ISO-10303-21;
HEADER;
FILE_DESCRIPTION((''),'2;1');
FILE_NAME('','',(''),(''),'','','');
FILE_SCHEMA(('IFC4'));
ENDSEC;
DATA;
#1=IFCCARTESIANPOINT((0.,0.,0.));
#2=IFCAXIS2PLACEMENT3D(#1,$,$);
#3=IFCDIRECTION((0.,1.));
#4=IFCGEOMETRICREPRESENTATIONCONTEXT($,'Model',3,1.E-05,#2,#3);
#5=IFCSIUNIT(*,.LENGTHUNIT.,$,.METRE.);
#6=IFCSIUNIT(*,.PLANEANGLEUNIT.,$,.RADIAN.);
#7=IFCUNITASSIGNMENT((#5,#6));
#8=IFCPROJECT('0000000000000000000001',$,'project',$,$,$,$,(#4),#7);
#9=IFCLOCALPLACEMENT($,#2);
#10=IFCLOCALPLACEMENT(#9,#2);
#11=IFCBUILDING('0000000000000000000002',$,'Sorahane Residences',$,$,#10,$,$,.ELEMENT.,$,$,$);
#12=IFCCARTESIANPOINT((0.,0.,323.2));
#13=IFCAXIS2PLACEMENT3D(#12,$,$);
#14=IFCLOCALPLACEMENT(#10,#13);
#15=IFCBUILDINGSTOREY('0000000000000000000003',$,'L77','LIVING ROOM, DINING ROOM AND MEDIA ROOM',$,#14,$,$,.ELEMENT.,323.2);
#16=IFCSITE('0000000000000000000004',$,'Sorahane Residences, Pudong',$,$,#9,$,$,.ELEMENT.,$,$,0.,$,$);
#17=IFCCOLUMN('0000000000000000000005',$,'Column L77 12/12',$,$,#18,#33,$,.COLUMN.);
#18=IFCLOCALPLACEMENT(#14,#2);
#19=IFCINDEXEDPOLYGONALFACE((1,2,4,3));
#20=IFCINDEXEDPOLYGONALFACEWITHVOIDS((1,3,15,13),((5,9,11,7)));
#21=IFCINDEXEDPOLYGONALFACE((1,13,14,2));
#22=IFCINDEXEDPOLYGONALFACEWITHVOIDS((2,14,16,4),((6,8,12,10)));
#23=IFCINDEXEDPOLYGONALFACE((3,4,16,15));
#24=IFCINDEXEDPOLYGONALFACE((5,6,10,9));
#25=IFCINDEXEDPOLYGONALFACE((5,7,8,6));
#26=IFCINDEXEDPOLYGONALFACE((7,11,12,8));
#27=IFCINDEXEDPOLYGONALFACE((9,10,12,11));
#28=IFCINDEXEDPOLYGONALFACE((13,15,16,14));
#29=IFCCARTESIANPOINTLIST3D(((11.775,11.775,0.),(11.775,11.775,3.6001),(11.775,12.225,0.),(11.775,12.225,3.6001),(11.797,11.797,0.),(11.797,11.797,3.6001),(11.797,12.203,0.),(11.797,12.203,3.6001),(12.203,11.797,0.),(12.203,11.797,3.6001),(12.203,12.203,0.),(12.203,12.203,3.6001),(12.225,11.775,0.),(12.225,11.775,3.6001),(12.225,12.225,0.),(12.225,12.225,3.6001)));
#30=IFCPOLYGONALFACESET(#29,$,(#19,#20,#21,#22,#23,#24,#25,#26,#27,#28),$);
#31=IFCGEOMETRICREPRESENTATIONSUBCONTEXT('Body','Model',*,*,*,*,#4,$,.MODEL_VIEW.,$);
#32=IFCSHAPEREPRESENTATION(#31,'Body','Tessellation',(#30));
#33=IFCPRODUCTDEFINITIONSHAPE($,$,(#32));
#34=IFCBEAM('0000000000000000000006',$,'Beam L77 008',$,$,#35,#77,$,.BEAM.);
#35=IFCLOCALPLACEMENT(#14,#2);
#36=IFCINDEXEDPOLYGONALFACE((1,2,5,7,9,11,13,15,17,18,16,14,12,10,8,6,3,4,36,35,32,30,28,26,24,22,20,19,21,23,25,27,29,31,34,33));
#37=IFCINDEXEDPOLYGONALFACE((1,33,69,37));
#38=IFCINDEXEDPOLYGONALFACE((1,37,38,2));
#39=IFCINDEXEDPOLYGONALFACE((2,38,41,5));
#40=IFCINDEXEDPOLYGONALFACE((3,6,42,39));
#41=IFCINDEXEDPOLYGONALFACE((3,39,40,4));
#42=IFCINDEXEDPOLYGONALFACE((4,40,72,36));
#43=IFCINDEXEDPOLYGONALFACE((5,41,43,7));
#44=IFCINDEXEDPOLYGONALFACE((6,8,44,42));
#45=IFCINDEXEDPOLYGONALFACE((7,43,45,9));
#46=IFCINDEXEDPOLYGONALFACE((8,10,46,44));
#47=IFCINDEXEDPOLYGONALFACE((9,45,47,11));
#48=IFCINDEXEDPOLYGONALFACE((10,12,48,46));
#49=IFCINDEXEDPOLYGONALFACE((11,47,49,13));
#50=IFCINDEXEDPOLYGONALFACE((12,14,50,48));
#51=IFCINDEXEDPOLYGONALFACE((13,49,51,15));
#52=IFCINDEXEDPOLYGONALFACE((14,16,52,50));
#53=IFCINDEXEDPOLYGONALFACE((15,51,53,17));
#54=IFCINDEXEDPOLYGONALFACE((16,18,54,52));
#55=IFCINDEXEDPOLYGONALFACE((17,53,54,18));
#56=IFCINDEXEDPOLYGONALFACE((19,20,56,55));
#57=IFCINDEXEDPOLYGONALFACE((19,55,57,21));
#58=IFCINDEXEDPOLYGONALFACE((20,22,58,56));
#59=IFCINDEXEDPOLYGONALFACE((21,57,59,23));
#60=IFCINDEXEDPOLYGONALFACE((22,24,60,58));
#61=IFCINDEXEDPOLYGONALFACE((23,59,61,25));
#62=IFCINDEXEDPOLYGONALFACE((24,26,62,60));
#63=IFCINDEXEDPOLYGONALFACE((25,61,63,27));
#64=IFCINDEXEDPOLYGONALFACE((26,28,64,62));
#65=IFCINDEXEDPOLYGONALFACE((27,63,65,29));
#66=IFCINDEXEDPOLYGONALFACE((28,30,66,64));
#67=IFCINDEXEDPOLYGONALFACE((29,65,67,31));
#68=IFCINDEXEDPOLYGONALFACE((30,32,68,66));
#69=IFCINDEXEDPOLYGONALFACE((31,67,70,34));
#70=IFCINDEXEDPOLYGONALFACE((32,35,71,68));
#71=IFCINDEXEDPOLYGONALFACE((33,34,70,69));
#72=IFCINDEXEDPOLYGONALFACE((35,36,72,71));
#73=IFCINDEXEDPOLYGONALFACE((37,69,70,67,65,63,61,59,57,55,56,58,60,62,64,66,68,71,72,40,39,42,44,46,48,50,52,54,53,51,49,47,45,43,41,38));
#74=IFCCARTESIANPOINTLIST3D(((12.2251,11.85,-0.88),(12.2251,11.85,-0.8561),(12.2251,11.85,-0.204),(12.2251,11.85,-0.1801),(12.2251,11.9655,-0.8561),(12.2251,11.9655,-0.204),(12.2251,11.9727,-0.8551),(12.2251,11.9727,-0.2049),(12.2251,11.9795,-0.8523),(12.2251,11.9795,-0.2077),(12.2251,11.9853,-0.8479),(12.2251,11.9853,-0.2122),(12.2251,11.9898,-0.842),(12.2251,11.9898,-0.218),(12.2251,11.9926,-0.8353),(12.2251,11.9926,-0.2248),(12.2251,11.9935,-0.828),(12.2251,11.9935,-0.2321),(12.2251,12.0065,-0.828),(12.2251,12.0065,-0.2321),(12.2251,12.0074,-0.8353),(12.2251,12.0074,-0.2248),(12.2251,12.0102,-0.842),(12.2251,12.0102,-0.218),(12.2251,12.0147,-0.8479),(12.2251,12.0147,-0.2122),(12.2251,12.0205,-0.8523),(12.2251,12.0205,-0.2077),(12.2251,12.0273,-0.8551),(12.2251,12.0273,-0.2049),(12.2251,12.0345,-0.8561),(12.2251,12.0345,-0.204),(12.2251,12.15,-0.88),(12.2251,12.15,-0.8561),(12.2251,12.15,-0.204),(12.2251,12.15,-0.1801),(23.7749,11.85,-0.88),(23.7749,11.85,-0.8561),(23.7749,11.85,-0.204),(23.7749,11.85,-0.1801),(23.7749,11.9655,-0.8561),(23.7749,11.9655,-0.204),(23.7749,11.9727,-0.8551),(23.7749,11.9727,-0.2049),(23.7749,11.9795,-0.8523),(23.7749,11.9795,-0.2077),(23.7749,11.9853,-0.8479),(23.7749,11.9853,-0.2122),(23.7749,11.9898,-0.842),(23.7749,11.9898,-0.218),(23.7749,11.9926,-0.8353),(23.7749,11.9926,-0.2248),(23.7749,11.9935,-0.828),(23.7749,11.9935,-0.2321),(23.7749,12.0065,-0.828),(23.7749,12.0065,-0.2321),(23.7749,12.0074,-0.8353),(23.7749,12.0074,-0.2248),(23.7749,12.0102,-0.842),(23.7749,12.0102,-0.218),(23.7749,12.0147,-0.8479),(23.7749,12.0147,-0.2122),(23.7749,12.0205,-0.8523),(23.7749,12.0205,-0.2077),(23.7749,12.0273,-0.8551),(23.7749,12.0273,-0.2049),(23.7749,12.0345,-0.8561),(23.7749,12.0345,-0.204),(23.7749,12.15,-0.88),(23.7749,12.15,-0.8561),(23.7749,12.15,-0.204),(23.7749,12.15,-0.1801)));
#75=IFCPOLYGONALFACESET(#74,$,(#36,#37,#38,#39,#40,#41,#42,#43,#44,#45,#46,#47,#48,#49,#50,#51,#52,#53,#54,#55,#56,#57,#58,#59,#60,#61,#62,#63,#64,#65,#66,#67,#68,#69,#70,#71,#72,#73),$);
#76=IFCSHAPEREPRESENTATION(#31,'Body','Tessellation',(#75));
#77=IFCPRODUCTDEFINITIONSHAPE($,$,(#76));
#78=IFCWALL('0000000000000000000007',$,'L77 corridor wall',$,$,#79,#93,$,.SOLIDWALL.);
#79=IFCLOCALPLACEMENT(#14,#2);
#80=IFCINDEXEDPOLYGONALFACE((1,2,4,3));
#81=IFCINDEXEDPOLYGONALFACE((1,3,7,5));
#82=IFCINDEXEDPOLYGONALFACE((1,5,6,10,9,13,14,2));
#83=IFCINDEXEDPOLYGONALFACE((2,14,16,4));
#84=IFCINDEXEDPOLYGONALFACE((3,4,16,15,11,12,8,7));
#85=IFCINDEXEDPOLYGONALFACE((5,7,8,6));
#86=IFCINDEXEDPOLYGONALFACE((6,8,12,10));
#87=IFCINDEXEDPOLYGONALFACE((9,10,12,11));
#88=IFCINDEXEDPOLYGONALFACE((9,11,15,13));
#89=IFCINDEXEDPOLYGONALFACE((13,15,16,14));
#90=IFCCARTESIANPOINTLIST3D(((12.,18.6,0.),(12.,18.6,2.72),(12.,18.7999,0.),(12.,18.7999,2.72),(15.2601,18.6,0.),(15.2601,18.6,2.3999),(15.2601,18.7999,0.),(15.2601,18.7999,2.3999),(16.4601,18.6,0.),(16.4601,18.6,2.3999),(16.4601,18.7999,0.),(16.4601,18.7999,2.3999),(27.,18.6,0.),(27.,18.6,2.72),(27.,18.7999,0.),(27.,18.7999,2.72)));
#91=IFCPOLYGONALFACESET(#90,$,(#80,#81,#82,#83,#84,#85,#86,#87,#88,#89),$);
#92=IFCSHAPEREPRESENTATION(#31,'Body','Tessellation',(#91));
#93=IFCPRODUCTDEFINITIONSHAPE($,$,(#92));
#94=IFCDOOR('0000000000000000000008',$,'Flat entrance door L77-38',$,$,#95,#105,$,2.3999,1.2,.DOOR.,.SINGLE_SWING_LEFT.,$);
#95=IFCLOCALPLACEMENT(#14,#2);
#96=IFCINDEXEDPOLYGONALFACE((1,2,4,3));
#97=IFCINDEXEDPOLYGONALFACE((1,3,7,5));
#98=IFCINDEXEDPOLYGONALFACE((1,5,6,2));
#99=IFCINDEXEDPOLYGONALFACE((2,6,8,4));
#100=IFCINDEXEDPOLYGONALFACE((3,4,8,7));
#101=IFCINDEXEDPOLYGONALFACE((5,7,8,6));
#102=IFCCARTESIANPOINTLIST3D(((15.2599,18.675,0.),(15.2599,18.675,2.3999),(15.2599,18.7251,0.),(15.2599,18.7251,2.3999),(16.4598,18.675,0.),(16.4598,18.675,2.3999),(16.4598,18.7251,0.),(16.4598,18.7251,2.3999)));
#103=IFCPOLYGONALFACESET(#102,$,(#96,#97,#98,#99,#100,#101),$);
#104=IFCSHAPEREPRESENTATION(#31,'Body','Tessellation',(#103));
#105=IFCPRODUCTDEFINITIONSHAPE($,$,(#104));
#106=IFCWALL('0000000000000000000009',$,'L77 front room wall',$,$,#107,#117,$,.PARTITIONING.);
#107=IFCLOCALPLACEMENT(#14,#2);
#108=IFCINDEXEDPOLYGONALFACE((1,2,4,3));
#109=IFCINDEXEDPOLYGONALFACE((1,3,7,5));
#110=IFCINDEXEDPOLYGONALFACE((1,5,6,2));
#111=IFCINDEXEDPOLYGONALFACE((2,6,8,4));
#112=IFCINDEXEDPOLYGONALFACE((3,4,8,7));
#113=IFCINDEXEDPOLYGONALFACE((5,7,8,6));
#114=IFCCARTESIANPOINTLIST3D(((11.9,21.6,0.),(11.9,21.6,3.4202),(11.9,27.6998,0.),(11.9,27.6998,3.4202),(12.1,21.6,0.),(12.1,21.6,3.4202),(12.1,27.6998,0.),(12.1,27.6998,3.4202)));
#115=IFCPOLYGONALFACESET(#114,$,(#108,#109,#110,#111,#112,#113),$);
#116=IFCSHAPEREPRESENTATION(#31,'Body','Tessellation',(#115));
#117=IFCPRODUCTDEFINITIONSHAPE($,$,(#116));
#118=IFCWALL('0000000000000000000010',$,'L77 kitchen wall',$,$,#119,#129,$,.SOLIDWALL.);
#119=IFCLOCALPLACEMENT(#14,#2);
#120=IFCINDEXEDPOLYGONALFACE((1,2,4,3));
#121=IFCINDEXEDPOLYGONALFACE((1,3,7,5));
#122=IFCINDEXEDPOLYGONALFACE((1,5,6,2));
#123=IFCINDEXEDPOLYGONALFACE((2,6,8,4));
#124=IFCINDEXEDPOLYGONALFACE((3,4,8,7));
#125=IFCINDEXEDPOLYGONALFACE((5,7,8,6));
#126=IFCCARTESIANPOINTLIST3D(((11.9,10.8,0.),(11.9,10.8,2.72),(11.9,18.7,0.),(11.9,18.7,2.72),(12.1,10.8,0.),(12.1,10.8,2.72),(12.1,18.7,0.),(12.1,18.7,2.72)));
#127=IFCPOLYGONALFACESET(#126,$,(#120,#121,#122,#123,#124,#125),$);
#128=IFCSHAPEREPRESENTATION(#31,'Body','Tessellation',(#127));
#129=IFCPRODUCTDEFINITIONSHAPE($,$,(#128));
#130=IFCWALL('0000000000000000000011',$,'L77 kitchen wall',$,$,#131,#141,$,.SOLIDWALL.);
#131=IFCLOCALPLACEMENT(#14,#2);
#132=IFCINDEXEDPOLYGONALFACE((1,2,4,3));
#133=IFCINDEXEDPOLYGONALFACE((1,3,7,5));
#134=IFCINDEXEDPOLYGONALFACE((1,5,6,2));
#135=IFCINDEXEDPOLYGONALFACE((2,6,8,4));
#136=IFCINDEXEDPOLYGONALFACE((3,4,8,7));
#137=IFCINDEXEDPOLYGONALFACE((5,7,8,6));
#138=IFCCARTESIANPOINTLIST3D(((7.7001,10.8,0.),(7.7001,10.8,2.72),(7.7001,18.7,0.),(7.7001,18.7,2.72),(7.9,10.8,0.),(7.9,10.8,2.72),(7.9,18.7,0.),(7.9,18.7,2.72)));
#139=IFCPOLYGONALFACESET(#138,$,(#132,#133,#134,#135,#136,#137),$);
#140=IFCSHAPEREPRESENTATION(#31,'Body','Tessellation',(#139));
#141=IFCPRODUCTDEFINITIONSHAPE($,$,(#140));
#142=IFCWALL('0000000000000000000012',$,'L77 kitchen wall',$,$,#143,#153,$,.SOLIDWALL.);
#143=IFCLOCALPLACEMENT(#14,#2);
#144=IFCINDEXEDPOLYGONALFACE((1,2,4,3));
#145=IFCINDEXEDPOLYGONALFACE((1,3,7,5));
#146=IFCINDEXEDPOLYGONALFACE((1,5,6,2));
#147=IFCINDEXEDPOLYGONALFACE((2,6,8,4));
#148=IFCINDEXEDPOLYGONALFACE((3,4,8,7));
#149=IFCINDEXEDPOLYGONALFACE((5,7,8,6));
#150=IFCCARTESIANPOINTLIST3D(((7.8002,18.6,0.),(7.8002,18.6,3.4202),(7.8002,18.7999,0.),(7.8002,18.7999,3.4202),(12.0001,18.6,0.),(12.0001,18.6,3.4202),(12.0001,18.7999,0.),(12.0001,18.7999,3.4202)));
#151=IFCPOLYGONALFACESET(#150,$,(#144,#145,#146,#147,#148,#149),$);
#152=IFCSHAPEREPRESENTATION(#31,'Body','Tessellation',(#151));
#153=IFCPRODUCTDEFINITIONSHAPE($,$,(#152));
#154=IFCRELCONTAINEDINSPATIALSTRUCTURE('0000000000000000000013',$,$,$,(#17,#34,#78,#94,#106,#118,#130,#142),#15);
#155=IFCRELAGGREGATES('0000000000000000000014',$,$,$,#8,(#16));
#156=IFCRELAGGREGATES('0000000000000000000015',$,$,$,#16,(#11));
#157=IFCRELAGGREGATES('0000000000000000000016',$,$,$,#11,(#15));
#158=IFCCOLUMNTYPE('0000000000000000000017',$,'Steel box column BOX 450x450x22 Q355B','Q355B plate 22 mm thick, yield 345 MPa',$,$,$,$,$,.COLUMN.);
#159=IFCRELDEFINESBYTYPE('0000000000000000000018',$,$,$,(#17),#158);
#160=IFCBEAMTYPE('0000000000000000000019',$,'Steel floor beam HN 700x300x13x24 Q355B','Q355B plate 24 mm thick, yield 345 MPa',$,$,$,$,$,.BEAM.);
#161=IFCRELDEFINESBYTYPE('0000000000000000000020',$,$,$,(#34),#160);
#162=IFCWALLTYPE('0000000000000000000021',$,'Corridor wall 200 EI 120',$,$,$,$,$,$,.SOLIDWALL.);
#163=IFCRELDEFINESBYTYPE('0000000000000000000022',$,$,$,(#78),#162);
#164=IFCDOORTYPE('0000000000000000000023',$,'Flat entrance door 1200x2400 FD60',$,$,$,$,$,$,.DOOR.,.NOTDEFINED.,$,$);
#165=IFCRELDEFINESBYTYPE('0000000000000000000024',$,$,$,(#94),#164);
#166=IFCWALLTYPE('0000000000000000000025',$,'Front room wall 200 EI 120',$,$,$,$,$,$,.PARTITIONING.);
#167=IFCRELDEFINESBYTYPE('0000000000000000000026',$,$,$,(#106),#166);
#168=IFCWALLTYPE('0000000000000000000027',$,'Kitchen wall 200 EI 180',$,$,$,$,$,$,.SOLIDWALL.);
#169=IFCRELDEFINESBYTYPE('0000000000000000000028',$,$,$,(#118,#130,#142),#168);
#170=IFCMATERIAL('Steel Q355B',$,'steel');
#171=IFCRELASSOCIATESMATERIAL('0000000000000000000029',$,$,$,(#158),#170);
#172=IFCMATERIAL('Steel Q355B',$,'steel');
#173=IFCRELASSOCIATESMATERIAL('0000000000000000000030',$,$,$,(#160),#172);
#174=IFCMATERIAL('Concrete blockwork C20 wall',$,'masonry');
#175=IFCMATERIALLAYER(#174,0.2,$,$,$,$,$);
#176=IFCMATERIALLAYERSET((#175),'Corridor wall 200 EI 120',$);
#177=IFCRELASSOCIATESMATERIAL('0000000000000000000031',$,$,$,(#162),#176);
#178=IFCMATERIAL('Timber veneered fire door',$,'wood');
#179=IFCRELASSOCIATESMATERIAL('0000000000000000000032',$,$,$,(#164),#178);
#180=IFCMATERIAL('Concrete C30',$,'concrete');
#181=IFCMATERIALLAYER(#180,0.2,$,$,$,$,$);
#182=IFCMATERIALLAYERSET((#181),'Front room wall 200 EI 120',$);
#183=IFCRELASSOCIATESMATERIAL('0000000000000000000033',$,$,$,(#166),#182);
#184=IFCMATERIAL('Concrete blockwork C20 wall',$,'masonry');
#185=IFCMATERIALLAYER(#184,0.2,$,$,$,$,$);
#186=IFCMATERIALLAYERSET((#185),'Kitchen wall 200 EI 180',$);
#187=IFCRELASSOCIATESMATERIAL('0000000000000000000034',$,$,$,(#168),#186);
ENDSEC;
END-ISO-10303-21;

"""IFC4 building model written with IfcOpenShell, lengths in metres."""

from ifc_helpers import new_model, si_unit, direction, frame, frame_2d, origin, origin_2d, place, context, subcontext, project, spatial, rectangle, hollow_rectangle, i_section, extrude, material, layer, layer_set, material_profile, profile_set, type_object, element, fill, save


model = new_model("IFC4")

# Units and contexts
model_context = context("Model", 3, precision=1e-05, world=origin(), true_north=direction((0.0, 1.0)))
body_context = subcontext(model_context, "Body", "Model", "MODEL_VIEW")
ifc_project = project(units=[si_unit("LENGTHUNIT", "METRE"), si_unit("PLANEANGLEUNIT", "RADIAN")], contexts=[model_context])

# Site, building, storey
site_placement = place(None, origin())
site = spatial("IfcSite", under=ifc_project, at=site_placement, Name="Sorahane Residences, Pudong", CompositionType="ELEMENT", RefElevation=0.0)
building_placement = place(site_placement, origin())
building = spatial("IfcBuilding", under=site, at=building_placement, Name="Sorahane Residences", CompositionType="ELEMENT")
storey_placement = place(building_placement, frame((0.0, 0.0, 323.2)))
storey = spatial("IfcBuildingStorey", under=building, at=storey_placement, Name="L77", Description="LIVING ROOM, DINING ROOM AND MEDIA ROOM", CompositionType="ELEMENT", Elevation=323.2)

# Column
ifc_material_1 = material(Name="Steel Q355B", Category="steel")
ifc_material_profile_1 = material_profile(ifc_material_1, hollow_rectangle(XDim=0.45, YDim=0.45, WallThickness=0.022, at=origin_2d()), Name="BOX 450x450x22")
ifc_profile_set_1 = profile_set([ifc_material_profile_1], Name="Steel Q355B")
column_type = type_object("IfcColumnType", Name="Steel box column BOX 450x450x22 Q355B", Description="Q355B plate 22 mm thick, yield 345 MPa", PredefinedType="COLUMN", material=ifc_profile_set_1)
column_placement = place(storey_placement, frame((12.0, 12.0, 0.0), z_axis=(0.0, 0.0, 1.0), x_axis=(1.0, 0.0, 0.0)))
element("IfcColumn", 1, at=column_placement, inside=storey, type_object=column_type, Name="Column L77 12/12", PredefinedType="COLUMN", context=body_context, shape_type="SweptSolid", body=[
    extrude(hollow_rectangle(XDim=0.45, YDim=0.45, WallThickness=0.022, at=origin_2d()), origin(), (0.0, 0.0, 1.0), 3.6001),
])

# Beam
ifc_material_2 = material(Name="Steel Q355B", Category="steel")
ifc_material_profile_2 = material_profile(ifc_material_2, i_section(OverallWidth=0.3, OverallDepth=0.7, WebThickness=0.0129, FlangeThickness=0.0239, FilletRadius=0.0281, at=origin_2d()), Name="HN 700x300x13x24")
ifc_profile_set_2 = profile_set([ifc_material_profile_2], Name="Steel Q355B")
beam_type = type_object("IfcBeamType", Name="Steel floor beam HN 700x300x13x24 Q355B", Description="Q355B plate 24 mm thick, yield 345 MPa", PredefinedType="BEAM", material=ifc_profile_set_2)
beam_placement = place(storey_placement, frame((12.2251, 12.0, -0.53), z_axis=(1.0, 0.0, 0.0), x_axis=(0.0, 1.0, 0.0)))
element("IfcBeam", 2, at=beam_placement, inside=storey, type_object=beam_type, Name="Beam L77 008", PredefinedType="BEAM", context=body_context, shape_type="SweptSolid", body=[
    extrude(i_section(OverallWidth=0.3, OverallDepth=0.7, WebThickness=0.0129, FlangeThickness=0.0239, FilletRadius=0.0281, at=origin_2d()), origin(), (0.0, 0.0, 1.0), 11.5498),
])

# Wall, opening, door
ifc_material_3 = material(Name="Concrete blockwork C20 wall", Category="masonry")
ifc_layer_1 = layer(ifc_material_3, 0.2)
ifc_layer_set_1 = layer_set([ifc_layer_1], Name="Corridor wall 200 EI 120")
wall_type_1 = type_object("IfcWallType", Name="Corridor wall 200 EI 120", PredefinedType="SOLIDWALL", material=ifc_layer_set_1)
wall_1_placement = place(storey_placement, frame((12.0, 18.7, 0.0), z_axis=(0.0, 0.0, 1.0), x_axis=(1.0, 0.0, 0.0)))
wall_1 = element("IfcWall", 3, at=wall_1_placement, inside=storey, type_object=wall_type_1, Name="L77 corridor wall", PredefinedType="SOLIDWALL", context=body_context, shape_type="SweptSolid", body=[
    extrude(rectangle(XDim=15.0, YDim=0.2, at=frame_2d((7.5, 0.0))), origin(), (0.0, 0.0, 1.0), 2.72),
])
opening_1_placement = place(wall_1_placement, frame((3.26, 0.0, 0.0)))
opening_1 = element("IfcOpeningElement", 4, at=opening_1_placement, cuts=wall_1, PredefinedType="OPENING", context=body_context, shape_type="SweptSolid", body=[
    extrude(rectangle(XDim=1.2, YDim=2.3999, at=frame_2d((0.6001, 1.2))), frame((0.0, 0.1099, 0.0), z_axis=(0.0, -1.0, 0.0), x_axis=(1.0, 0.0, 0.0)), (0.0, 0.0, 1.0), 0.22),
])
ifc_material_4 = material(Name="Timber veneered fire door", Category="wood")
door_type_1 = type_object("IfcDoorType", Name="Flat entrance door 1200x2400 FD60", OperationType="NOTDEFINED", PredefinedType="DOOR", material=ifc_material_4)
door_1_placement = place(opening_1_placement, frame((1.2, 0.0, 0.0), z_axis=(0.0, 0.0, 1.0), x_axis=(-1.0, 0.0, 0.0)))
door_1 = element("IfcDoor", 5, at=door_1_placement, inside=storey, type_object=door_type_1, Name="Flat entrance door L77-38", OperationType="SINGLE_SWING_LEFT", OverallHeight=2.3999, OverallWidth=1.2, PredefinedType="DOOR", context=body_context, shape_type="SweptSolid", body=[
    extrude(rectangle(XDim=1.2, YDim=2.3999, at=frame_2d((0.6001, 1.2))), frame((0.0, 0.0249, 0.0), z_axis=(0.0, -1.0, 0.0), x_axis=(1.0, 0.0, 0.0)), (0.0, 0.0, 1.0), 0.05),
])
fill(opening_1, door_1)

# Walls
ifc_material_5 = material(Name="Concrete C30", Category="concrete")
ifc_layer_2 = layer(ifc_material_5, 0.2)
ifc_layer_set_2 = layer_set([ifc_layer_2], Name="Front room wall 200 EI 120")
wall_type_2 = type_object("IfcWallType", Name="Front room wall 200 EI 120", PredefinedType="PARTITIONING", material=ifc_layer_set_2)
wall_2_placement = place(storey_placement, frame((12.0, 21.6001, 0.0), z_axis=(0.0, 0.0, 1.0), x_axis=(0.0, 1.0, 0.0)))
element("IfcWall", 6, at=wall_2_placement, inside=storey, type_object=wall_type_2, Name="L77 front room wall", PredefinedType="PARTITIONING", context=body_context, shape_type="SweptSolid", body=[
    extrude(rectangle(XDim=6.0999, YDim=0.2, at=frame_2d((3.0498, 0.0))), origin(), (0.0, 0.0, 1.0), 3.4202),
])
ifc_material_6 = material(Name="Concrete blockwork C20 wall", Category="masonry")
ifc_layer_3 = layer(ifc_material_6, 0.2)
ifc_layer_set_3 = layer_set([ifc_layer_3], Name="Kitchen wall 200 EI 180")
wall_type_3 = type_object("IfcWallType", Name="Kitchen wall 200 EI 180", PredefinedType="SOLIDWALL", material=ifc_layer_set_3)
for number, where, z_axis, x_axis, name in (
    (7, (12.0, 10.8, 0.0), (0.0, 0.0, 1.0), (0.0, 1.0, 0.0), "L77 kitchen wall"),
    (8, (7.8, 10.8, 0.0), (0.0, 0.0, 1.0), (0.0, 1.0, 0.0), "L77 kitchen wall"),
):
    element("IfcWall", number, at=place(storey_placement, frame(where, z_axis=z_axis, x_axis=x_axis)), inside=storey, type_object=wall_type_3, Name=name, PredefinedType="SOLIDWALL", context=body_context, shape_type="SweptSolid", body=[
        extrude(rectangle(XDim=7.8999, YDim=0.2, at=frame_2d((3.95, 0.0))), origin(), (0.0, 0.0, 1.0), 2.72),
    ])

# Wall
wall_3_placement = place(storey_placement, frame((7.8, 18.7, 0.0), z_axis=(0.0, 0.0, 1.0), x_axis=(1.0, 0.0, 0.0)))
element("IfcWall", 9, at=wall_3_placement, inside=storey, type_object=wall_type_3, Name="L77 kitchen wall", PredefinedType="SOLIDWALL", context=body_context, shape_type="SweptSolid", body=[
    extrude(rectangle(XDim=4.2, YDim=0.2, at=frame_2d((2.1001, 0.0))), origin(), (0.0, 0.0, 1.0), 3.4202),
])

save(model, "model.ifc")
